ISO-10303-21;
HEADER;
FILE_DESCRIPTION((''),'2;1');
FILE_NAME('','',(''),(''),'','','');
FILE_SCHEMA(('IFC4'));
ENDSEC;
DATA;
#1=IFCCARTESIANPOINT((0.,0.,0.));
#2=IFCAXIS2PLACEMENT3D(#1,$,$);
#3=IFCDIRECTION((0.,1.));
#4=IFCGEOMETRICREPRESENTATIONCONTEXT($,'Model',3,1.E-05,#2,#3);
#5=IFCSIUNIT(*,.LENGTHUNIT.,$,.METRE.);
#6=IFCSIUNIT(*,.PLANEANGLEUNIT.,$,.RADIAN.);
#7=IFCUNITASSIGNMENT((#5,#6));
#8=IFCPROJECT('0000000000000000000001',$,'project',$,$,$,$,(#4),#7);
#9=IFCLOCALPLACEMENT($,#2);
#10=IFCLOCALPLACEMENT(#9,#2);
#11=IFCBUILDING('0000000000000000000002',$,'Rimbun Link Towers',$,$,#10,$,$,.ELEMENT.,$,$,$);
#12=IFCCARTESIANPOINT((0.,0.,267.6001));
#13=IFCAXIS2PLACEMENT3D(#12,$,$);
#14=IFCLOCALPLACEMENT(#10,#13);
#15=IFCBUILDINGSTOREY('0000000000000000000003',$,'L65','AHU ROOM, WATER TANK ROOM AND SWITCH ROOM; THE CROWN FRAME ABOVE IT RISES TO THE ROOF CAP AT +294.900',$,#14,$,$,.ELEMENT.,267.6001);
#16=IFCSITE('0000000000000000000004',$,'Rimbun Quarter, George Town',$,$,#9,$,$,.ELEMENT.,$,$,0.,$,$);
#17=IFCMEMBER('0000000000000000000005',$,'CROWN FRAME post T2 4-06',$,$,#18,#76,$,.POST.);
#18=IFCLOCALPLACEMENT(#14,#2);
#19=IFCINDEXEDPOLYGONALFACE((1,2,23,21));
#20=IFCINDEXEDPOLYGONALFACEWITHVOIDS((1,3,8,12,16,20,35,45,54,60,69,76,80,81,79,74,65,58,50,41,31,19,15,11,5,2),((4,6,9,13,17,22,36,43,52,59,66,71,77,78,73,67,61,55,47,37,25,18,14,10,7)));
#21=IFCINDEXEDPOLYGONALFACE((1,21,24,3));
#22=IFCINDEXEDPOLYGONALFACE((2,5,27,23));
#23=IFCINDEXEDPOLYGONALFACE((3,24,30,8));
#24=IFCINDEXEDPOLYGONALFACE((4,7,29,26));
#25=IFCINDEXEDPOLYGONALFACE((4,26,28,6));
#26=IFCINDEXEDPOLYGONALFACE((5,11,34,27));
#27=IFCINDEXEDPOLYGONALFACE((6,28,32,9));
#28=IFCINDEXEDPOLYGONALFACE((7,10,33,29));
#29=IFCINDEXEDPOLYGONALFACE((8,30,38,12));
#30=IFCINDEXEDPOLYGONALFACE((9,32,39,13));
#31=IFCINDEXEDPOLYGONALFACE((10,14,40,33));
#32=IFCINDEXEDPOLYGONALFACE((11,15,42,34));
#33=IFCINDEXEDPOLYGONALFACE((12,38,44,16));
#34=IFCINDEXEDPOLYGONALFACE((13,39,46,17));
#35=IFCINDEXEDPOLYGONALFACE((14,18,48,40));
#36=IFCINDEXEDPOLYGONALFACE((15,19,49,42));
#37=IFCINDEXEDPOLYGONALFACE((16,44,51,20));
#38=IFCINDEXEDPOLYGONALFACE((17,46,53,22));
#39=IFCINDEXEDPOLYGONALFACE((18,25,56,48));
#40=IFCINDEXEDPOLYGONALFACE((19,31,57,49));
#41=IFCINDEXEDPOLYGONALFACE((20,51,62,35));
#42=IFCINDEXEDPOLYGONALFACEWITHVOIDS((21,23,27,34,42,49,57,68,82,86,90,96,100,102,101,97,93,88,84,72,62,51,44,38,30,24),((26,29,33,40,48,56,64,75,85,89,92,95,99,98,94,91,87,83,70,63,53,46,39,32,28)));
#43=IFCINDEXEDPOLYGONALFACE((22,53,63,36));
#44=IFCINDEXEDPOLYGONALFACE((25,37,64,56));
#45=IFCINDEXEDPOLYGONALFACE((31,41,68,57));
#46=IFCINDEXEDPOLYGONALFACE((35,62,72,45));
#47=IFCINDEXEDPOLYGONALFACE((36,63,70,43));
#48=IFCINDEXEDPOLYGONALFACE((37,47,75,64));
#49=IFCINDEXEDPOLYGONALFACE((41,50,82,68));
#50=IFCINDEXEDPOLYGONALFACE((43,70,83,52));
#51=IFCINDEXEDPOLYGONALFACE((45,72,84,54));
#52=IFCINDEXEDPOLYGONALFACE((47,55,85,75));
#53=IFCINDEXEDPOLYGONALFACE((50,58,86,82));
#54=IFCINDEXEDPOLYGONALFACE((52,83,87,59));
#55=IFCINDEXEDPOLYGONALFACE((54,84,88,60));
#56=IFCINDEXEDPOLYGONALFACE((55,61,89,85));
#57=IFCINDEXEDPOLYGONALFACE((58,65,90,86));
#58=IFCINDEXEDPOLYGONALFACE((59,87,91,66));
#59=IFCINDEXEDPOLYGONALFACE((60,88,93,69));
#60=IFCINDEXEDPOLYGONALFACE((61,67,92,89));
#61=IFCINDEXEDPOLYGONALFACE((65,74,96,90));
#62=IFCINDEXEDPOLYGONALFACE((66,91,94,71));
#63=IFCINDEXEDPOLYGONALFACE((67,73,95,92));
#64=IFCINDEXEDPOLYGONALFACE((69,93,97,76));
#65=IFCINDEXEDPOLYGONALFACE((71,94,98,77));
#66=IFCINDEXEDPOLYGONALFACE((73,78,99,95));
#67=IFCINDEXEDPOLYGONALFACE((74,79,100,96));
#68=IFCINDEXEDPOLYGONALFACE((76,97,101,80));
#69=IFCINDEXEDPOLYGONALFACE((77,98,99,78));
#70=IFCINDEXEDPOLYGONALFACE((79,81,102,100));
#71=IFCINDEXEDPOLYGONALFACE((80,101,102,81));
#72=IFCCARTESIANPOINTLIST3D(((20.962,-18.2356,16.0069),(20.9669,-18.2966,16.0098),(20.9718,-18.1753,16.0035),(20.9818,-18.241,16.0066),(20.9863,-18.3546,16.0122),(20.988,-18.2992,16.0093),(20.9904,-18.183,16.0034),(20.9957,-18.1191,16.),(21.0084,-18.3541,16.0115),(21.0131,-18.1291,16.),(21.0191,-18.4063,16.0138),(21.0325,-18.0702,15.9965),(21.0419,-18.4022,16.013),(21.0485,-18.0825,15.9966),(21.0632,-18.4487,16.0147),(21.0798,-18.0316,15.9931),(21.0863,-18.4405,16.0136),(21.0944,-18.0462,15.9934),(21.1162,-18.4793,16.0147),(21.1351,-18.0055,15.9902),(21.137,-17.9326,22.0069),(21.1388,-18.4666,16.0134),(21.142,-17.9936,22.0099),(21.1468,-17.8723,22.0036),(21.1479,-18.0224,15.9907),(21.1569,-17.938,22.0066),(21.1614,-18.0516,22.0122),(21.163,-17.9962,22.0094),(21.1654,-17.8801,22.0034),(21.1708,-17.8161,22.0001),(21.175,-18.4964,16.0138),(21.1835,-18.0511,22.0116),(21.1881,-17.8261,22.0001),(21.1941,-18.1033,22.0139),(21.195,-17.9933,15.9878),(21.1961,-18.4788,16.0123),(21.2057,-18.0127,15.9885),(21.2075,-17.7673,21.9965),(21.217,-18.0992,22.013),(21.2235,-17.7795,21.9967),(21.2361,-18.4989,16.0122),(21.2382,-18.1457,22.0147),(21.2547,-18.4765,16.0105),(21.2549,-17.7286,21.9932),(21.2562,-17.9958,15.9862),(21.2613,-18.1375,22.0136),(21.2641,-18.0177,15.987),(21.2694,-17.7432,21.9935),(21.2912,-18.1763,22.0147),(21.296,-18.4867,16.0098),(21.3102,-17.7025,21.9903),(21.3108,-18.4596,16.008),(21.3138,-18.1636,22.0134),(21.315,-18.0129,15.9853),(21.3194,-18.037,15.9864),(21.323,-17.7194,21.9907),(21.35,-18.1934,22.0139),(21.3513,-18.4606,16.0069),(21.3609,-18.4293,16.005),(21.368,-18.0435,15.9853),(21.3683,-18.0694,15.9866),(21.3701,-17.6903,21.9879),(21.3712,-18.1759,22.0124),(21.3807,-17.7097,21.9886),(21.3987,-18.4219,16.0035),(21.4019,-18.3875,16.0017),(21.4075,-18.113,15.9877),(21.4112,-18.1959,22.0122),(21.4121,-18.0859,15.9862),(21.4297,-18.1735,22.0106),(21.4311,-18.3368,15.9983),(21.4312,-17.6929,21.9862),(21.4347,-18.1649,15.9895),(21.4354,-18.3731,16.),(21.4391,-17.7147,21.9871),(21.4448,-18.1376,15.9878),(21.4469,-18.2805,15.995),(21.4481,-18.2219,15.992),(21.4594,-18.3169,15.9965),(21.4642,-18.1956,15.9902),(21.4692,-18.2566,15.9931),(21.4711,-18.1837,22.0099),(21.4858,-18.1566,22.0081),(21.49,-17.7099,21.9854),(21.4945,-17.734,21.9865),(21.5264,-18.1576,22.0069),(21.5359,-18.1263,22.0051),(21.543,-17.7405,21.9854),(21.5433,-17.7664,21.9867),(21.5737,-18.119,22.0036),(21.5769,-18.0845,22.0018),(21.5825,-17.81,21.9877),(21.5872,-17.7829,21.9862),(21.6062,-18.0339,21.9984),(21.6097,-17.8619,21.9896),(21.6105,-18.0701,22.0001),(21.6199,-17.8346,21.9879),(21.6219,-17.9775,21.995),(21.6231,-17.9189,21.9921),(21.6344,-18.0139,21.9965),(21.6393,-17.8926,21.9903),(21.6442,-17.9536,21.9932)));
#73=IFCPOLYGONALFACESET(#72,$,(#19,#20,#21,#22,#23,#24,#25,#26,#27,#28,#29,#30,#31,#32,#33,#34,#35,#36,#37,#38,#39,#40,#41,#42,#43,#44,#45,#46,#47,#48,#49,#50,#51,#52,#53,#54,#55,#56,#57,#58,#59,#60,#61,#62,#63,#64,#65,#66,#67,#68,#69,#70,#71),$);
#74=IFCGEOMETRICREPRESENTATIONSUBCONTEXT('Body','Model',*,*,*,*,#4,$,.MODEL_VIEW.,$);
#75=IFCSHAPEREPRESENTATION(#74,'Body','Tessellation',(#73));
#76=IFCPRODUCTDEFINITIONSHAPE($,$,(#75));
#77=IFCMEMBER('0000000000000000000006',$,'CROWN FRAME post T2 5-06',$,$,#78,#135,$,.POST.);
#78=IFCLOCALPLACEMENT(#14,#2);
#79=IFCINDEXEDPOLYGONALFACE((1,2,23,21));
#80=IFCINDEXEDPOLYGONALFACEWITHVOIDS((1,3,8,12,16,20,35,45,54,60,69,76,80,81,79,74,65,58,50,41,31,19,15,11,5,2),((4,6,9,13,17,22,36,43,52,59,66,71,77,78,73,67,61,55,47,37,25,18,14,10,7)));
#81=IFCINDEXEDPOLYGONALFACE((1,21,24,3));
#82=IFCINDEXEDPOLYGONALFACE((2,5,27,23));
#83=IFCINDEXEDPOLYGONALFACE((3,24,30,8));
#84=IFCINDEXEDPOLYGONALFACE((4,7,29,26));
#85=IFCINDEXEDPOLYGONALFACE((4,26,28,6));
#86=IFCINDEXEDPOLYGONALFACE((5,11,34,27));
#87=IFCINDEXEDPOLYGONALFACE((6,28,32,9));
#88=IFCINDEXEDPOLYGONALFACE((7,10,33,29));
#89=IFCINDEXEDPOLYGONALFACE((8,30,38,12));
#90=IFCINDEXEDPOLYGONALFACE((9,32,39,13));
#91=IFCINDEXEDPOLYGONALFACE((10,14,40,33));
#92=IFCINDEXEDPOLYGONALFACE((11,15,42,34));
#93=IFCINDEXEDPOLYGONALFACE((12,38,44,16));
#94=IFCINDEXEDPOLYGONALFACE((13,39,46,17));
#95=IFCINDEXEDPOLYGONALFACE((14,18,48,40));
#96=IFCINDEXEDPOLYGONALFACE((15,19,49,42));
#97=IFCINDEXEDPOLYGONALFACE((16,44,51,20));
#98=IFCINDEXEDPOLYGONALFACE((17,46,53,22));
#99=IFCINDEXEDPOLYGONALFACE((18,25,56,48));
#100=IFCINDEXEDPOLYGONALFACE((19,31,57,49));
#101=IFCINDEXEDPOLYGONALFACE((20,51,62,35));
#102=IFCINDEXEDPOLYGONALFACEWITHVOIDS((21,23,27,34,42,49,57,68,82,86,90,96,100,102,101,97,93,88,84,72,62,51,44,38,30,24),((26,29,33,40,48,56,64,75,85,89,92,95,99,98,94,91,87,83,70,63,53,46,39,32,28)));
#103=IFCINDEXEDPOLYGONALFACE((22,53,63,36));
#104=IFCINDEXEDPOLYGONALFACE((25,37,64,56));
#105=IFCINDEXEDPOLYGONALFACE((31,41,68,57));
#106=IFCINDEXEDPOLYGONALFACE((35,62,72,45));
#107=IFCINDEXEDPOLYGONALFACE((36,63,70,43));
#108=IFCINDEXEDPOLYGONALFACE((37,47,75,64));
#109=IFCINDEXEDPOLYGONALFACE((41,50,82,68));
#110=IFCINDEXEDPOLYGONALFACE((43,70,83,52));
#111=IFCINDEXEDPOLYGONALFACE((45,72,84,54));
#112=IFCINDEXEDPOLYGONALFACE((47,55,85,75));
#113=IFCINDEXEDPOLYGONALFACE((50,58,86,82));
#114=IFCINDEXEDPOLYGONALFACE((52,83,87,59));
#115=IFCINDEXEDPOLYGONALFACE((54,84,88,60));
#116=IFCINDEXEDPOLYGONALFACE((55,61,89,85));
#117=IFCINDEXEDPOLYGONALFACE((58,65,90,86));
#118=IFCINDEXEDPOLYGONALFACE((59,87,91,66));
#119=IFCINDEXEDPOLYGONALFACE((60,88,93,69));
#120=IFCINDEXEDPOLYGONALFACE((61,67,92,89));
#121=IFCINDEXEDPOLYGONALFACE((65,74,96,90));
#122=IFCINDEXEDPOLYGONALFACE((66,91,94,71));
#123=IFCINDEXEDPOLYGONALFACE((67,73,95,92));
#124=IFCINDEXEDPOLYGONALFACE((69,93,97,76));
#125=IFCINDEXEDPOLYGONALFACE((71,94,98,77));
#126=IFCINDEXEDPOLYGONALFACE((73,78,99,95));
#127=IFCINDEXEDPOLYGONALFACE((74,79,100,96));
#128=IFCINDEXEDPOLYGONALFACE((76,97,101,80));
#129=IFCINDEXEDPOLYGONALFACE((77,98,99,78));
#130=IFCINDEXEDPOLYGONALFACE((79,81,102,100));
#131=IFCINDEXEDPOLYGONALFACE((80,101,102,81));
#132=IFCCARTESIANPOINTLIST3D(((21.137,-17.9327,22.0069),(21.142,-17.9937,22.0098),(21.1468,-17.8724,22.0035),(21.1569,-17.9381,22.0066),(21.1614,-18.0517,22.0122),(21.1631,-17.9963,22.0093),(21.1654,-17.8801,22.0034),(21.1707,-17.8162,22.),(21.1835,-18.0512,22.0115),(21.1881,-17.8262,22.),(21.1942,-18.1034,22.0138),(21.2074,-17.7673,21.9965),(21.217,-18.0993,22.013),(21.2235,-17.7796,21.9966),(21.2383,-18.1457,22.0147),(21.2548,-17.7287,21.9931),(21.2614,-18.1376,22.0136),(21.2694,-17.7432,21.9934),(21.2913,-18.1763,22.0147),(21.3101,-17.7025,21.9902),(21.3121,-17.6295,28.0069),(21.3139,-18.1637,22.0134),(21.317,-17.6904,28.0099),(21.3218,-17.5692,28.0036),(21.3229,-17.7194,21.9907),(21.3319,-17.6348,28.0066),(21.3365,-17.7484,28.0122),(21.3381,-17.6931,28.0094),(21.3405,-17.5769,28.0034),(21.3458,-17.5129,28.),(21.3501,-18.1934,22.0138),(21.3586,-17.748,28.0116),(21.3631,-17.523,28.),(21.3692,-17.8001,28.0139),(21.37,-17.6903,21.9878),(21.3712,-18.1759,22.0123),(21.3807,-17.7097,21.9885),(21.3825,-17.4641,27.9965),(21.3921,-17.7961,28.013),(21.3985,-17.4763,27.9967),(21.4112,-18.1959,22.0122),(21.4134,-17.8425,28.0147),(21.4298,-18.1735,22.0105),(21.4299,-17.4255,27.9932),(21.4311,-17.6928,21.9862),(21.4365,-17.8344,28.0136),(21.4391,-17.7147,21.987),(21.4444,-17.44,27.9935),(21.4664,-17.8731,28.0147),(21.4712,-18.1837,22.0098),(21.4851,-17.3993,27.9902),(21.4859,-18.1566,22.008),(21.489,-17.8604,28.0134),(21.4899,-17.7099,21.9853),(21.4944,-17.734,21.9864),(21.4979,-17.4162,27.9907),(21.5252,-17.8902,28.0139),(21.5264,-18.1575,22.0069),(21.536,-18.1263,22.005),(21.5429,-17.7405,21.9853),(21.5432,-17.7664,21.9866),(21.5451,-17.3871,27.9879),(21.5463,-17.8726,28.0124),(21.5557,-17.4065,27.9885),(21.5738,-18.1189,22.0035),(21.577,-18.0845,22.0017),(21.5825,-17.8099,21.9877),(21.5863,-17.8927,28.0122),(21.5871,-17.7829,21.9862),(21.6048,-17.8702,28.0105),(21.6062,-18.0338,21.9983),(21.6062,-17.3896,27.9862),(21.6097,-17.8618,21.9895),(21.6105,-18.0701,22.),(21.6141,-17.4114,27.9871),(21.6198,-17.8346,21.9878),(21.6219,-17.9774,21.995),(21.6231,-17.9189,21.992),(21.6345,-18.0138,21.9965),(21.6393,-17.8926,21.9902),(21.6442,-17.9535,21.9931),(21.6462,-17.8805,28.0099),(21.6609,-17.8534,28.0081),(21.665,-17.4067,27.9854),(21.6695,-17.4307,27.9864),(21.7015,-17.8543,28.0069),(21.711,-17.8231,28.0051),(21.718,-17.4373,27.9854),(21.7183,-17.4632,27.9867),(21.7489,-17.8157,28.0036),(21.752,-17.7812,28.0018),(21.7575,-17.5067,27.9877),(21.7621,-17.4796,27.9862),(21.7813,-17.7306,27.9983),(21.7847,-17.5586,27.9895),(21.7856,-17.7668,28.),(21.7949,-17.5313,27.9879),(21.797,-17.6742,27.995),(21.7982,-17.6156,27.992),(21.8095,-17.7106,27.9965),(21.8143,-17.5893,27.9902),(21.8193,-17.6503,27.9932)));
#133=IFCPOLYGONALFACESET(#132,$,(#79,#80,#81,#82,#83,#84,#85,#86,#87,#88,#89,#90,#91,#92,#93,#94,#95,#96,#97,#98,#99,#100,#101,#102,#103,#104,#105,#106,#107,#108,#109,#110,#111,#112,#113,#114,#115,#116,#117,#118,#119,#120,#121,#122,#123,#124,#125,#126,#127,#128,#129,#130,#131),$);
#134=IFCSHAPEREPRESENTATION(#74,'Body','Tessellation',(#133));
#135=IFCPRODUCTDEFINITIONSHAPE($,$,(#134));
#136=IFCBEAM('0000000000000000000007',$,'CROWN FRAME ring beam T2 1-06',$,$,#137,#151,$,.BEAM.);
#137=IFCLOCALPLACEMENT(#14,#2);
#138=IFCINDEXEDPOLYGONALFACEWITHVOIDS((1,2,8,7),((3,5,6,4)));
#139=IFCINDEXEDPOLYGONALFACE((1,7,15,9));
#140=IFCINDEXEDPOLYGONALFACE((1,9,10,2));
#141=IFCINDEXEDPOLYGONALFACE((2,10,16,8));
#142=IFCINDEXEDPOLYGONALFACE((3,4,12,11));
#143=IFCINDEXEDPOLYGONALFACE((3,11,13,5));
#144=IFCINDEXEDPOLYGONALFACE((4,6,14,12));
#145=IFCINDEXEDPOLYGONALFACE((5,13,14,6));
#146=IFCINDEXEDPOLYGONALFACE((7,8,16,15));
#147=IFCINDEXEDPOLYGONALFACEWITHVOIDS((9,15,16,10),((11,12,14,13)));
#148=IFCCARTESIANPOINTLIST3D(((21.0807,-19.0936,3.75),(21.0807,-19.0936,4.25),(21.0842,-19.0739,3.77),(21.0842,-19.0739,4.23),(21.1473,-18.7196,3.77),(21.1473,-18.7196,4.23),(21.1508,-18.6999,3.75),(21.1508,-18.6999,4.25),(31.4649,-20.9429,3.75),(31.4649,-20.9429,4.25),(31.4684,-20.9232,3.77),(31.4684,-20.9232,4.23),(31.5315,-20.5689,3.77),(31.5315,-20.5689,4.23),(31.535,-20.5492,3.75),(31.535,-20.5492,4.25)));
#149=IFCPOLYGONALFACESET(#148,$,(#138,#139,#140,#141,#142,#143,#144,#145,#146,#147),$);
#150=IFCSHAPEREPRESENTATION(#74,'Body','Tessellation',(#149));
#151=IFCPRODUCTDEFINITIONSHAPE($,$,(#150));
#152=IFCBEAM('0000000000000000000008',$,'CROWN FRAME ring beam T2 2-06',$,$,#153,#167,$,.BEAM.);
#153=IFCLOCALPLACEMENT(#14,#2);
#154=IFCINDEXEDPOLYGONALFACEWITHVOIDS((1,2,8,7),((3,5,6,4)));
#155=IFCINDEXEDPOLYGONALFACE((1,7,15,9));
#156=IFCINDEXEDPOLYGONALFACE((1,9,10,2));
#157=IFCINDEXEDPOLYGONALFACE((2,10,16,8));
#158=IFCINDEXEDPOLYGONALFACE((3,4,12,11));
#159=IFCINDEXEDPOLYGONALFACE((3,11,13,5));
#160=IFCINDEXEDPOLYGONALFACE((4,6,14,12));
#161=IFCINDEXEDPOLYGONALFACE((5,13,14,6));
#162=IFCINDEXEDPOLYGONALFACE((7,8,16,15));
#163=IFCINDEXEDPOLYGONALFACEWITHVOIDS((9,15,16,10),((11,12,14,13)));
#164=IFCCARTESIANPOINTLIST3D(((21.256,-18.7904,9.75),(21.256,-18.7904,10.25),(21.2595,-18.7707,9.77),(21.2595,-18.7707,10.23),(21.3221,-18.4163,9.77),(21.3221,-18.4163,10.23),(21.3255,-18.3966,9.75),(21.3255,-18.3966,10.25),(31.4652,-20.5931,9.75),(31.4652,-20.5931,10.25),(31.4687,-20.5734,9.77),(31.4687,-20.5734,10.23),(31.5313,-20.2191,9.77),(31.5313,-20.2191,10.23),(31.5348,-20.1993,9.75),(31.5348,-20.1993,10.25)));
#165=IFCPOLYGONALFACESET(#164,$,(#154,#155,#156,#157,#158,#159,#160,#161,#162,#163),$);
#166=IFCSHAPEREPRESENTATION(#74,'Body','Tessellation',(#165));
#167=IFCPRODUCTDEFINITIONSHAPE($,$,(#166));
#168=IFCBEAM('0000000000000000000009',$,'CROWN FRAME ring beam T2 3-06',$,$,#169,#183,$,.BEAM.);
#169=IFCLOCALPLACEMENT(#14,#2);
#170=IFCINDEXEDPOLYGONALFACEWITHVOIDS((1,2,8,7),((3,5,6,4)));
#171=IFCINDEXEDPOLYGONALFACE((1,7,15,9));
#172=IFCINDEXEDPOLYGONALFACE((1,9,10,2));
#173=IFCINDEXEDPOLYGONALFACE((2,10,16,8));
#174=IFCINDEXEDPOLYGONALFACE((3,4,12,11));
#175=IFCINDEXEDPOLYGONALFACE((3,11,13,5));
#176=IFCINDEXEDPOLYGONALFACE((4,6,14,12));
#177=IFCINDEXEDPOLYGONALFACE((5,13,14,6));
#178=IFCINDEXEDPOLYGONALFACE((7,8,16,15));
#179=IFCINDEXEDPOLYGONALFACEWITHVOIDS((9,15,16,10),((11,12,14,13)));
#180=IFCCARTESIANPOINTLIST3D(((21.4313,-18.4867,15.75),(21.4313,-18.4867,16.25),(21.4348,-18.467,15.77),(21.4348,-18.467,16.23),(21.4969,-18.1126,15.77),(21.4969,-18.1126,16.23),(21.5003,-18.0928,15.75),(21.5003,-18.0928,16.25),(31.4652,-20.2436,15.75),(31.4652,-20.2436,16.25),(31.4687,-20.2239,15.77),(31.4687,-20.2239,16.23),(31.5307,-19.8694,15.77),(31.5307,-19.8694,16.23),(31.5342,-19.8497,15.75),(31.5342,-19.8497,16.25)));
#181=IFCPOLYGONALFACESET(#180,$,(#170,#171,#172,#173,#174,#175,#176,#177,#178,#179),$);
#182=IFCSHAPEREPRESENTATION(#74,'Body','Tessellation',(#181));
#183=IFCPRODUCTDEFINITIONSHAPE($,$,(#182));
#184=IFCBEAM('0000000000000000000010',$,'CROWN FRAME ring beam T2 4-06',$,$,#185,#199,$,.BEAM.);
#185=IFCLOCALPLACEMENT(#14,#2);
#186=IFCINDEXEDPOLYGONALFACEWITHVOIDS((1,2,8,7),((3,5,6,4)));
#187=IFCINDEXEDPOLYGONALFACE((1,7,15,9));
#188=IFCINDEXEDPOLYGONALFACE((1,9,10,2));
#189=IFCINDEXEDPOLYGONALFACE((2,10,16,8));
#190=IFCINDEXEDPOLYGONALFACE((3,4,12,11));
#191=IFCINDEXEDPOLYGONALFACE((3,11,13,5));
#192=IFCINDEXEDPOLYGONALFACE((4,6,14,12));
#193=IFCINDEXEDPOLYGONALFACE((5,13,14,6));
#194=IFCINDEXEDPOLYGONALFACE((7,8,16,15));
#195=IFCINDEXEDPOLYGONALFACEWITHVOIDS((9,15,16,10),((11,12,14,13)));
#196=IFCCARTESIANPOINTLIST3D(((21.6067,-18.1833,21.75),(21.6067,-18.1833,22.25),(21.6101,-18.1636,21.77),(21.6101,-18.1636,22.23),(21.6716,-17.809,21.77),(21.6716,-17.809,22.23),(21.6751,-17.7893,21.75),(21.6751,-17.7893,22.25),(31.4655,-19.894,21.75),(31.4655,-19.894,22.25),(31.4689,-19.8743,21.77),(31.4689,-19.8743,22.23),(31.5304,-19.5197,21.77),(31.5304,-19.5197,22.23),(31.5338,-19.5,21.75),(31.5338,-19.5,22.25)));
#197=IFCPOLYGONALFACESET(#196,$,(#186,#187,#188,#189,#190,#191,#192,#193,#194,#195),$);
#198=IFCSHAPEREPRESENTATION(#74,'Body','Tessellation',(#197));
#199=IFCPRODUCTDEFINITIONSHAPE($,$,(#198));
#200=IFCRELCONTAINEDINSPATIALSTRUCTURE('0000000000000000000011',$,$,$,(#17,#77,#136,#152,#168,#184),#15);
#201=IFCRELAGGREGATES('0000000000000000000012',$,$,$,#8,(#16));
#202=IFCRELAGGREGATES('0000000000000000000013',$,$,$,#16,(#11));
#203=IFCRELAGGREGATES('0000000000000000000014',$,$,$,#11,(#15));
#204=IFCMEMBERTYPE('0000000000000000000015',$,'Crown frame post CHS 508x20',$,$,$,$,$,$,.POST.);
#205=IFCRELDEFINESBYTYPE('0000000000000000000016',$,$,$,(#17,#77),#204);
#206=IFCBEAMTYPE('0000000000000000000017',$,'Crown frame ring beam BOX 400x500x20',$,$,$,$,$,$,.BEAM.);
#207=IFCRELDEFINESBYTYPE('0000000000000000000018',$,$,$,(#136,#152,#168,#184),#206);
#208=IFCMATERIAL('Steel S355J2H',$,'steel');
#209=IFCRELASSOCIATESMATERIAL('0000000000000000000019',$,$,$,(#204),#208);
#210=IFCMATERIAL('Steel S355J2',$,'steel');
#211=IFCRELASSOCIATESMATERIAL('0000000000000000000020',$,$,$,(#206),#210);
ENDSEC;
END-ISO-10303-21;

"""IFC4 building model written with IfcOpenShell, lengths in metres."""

from ifc_helpers import new_model, si_unit, direction, frame, origin, origin_2d, place, context, subcontext, project, spatial, hollow_rectangle, hollow_circle, extrude, material, material_profile, profile_set, type_object, element, save


model = new_model("IFC4")

# Units and contexts
model_context = context("Model", 3, precision=1e-05, world=origin(), true_north=direction((0.0, 1.0)))
body_context = subcontext(model_context, "Body", "Model", "MODEL_VIEW")
ifc_project = project(units=[si_unit("LENGTHUNIT", "METRE"), si_unit("PLANEANGLEUNIT", "RADIAN")], contexts=[model_context])

# Site, building, storey
site_placement = place(None, origin())
site = spatial("IfcSite", under=ifc_project, at=site_placement, Name="Rimbun Quarter, George Town", CompositionType="ELEMENT", RefElevation=0.0)
building_placement = place(site_placement, origin())
building = spatial("IfcBuilding", under=site, at=building_placement, Name="Rimbun Link Towers", CompositionType="ELEMENT")
storey_placement = place(building_placement, frame((0.0, 0.0, 267.6001)))
storey = spatial("IfcBuildingStorey", under=building, at=storey_placement, Name="L65", Description="AHU ROOM, WATER TANK ROOM AND SWITCH ROOM; THE CROWN FRAME ABOVE IT RISES TO THE ROOF CAP AT +294.900", CompositionType="ELEMENT", Elevation=267.6001)

# Members
ifc_material_1 = material(Name="Steel S355J2H", Category="steel")
ifc_material_profile_1 = material_profile(ifc_material_1, hollow_circle(Radius=0.2539, WallThickness=0.02, at=origin_2d()), Name="Crown frame post CHS 508x20")
ifc_profile_set_1 = profile_set([ifc_material_profile_1], Name="Steel S355J2H")
member_type_1 = type_object("IfcMemberType", Name="Crown frame post CHS 508x20", PredefinedType="POST", material=ifc_profile_set_1)
for number, where, z_axis, x_axis, name in (
    (1, (21.2156, -18.2461, 16.0), (0.029125, 0.050411, 0.998304), (-0.865872, 0.500266, 0.0), "CROWN FRAME post T2 4-06"),
    (2, (21.3906, -17.9431, 22.0), (0.029125, 0.050451, 0.998302), (-0.866046, 0.499964, 0.0), "CROWN FRAME post T2 5-06"),
):
    element("IfcMember", number, at=place(storey_placement, frame(where, z_axis=z_axis, x_axis=x_axis)), inside=storey, type_object=member_type_1, Name=name, PredefinedType="POST", context=body_context, shape_type="SweptSolid", body=[
        extrude(hollow_circle(Radius=0.2539, WallThickness=0.02, at=origin_2d()), origin(), (0.0, 0.0, 1.0), 6.0103),
    ])

# Beams
ifc_material_2 = material(Name="Steel S355J2", Category="steel")
ifc_material_profile_2 = material_profile(ifc_material_2, hollow_rectangle(XDim=0.3999, YDim=0.5, WallThickness=0.02, at=origin_2d()), Name="Crown frame ring beam BOX 400x500x20")
ifc_profile_set_2 = profile_set([ifc_material_profile_2], Name="Steel S355J2")
beam_type_1 = type_object("IfcBeamType", Name="Crown frame ring beam BOX 400x500x20", PredefinedType="BEAM", material=ifc_profile_set_2)
beam_1_placement = place(storey_placement, frame((21.1157, -18.8967, 4.0), z_axis=(0.984509, -0.175334, 0.0), x_axis=(0.175334, 0.984509, 0.0)))
element("IfcBeam", 3, at=beam_1_placement, inside=storey, type_object=beam_type_1, Name="CROWN FRAME ring beam T2 1-06", PredefinedType="BEAM", context=body_context, shape_type="SweptSolid", body=[
    extrude(hollow_rectangle(XDim=0.3999, YDim=0.5, WallThickness=0.02, at=origin_2d()), origin(), (0.0, 0.0, 1.0), 10.5476),
])
beam_2_placement = place(storey_placement, frame((21.2908, -18.5935, 10.0), z_axis=(0.984765, -0.173889, 0.0), x_axis=(0.173889, 0.984765, 0.0)))
element("IfcBeam", 4, at=beam_2_placement, inside=storey, type_object=beam_type_1, Name="CROWN FRAME ring beam T2 2-06", PredefinedType="BEAM", context=body_context, shape_type="SweptSolid", body=[
    extrude(hollow_rectangle(XDim=0.3999, YDim=0.5, WallThickness=0.02, at=origin_2d()), origin(), (0.0, 0.0, 1.0), 10.3672),
])
beam_3_placement = place(storey_placement, frame((21.4658, -18.2898, 16.0), z_axis=(0.985016, -0.172466, 0.0), x_axis=(0.172466, 0.985016, 0.0)))
element("IfcBeam", 5, at=beam_3_placement, inside=storey, type_object=beam_type_1, Name="CROWN FRAME ring beam T2 3-06", PredefinedType="BEAM", context=body_context, shape_type="SweptSolid", body=[
    extrude(hollow_rectangle(XDim=0.3999, YDim=0.5, WallThickness=0.02, at=origin_2d()), origin(), (0.0, 0.0, 1.0), 10.1865),
])
beam_4_placement = place(storey_placement, frame((21.6409, -17.9863, 22.0), z_axis=(0.985277, -0.170963, 0.0), x_axis=(0.170963, 0.985277, 0.0)))
element("IfcBeam", 6, at=beam_4_placement, inside=storey, type_object=beam_type_1, Name="CROWN FRAME ring beam T2 4-06", PredefinedType="BEAM", context=body_context, shape_type="SweptSolid", body=[
    extrude(hollow_rectangle(XDim=0.3999, YDim=0.5, WallThickness=0.02, at=origin_2d()), origin(), (0.0, 0.0, 1.0), 10.0061),
])

save(model, "model.ifc")
